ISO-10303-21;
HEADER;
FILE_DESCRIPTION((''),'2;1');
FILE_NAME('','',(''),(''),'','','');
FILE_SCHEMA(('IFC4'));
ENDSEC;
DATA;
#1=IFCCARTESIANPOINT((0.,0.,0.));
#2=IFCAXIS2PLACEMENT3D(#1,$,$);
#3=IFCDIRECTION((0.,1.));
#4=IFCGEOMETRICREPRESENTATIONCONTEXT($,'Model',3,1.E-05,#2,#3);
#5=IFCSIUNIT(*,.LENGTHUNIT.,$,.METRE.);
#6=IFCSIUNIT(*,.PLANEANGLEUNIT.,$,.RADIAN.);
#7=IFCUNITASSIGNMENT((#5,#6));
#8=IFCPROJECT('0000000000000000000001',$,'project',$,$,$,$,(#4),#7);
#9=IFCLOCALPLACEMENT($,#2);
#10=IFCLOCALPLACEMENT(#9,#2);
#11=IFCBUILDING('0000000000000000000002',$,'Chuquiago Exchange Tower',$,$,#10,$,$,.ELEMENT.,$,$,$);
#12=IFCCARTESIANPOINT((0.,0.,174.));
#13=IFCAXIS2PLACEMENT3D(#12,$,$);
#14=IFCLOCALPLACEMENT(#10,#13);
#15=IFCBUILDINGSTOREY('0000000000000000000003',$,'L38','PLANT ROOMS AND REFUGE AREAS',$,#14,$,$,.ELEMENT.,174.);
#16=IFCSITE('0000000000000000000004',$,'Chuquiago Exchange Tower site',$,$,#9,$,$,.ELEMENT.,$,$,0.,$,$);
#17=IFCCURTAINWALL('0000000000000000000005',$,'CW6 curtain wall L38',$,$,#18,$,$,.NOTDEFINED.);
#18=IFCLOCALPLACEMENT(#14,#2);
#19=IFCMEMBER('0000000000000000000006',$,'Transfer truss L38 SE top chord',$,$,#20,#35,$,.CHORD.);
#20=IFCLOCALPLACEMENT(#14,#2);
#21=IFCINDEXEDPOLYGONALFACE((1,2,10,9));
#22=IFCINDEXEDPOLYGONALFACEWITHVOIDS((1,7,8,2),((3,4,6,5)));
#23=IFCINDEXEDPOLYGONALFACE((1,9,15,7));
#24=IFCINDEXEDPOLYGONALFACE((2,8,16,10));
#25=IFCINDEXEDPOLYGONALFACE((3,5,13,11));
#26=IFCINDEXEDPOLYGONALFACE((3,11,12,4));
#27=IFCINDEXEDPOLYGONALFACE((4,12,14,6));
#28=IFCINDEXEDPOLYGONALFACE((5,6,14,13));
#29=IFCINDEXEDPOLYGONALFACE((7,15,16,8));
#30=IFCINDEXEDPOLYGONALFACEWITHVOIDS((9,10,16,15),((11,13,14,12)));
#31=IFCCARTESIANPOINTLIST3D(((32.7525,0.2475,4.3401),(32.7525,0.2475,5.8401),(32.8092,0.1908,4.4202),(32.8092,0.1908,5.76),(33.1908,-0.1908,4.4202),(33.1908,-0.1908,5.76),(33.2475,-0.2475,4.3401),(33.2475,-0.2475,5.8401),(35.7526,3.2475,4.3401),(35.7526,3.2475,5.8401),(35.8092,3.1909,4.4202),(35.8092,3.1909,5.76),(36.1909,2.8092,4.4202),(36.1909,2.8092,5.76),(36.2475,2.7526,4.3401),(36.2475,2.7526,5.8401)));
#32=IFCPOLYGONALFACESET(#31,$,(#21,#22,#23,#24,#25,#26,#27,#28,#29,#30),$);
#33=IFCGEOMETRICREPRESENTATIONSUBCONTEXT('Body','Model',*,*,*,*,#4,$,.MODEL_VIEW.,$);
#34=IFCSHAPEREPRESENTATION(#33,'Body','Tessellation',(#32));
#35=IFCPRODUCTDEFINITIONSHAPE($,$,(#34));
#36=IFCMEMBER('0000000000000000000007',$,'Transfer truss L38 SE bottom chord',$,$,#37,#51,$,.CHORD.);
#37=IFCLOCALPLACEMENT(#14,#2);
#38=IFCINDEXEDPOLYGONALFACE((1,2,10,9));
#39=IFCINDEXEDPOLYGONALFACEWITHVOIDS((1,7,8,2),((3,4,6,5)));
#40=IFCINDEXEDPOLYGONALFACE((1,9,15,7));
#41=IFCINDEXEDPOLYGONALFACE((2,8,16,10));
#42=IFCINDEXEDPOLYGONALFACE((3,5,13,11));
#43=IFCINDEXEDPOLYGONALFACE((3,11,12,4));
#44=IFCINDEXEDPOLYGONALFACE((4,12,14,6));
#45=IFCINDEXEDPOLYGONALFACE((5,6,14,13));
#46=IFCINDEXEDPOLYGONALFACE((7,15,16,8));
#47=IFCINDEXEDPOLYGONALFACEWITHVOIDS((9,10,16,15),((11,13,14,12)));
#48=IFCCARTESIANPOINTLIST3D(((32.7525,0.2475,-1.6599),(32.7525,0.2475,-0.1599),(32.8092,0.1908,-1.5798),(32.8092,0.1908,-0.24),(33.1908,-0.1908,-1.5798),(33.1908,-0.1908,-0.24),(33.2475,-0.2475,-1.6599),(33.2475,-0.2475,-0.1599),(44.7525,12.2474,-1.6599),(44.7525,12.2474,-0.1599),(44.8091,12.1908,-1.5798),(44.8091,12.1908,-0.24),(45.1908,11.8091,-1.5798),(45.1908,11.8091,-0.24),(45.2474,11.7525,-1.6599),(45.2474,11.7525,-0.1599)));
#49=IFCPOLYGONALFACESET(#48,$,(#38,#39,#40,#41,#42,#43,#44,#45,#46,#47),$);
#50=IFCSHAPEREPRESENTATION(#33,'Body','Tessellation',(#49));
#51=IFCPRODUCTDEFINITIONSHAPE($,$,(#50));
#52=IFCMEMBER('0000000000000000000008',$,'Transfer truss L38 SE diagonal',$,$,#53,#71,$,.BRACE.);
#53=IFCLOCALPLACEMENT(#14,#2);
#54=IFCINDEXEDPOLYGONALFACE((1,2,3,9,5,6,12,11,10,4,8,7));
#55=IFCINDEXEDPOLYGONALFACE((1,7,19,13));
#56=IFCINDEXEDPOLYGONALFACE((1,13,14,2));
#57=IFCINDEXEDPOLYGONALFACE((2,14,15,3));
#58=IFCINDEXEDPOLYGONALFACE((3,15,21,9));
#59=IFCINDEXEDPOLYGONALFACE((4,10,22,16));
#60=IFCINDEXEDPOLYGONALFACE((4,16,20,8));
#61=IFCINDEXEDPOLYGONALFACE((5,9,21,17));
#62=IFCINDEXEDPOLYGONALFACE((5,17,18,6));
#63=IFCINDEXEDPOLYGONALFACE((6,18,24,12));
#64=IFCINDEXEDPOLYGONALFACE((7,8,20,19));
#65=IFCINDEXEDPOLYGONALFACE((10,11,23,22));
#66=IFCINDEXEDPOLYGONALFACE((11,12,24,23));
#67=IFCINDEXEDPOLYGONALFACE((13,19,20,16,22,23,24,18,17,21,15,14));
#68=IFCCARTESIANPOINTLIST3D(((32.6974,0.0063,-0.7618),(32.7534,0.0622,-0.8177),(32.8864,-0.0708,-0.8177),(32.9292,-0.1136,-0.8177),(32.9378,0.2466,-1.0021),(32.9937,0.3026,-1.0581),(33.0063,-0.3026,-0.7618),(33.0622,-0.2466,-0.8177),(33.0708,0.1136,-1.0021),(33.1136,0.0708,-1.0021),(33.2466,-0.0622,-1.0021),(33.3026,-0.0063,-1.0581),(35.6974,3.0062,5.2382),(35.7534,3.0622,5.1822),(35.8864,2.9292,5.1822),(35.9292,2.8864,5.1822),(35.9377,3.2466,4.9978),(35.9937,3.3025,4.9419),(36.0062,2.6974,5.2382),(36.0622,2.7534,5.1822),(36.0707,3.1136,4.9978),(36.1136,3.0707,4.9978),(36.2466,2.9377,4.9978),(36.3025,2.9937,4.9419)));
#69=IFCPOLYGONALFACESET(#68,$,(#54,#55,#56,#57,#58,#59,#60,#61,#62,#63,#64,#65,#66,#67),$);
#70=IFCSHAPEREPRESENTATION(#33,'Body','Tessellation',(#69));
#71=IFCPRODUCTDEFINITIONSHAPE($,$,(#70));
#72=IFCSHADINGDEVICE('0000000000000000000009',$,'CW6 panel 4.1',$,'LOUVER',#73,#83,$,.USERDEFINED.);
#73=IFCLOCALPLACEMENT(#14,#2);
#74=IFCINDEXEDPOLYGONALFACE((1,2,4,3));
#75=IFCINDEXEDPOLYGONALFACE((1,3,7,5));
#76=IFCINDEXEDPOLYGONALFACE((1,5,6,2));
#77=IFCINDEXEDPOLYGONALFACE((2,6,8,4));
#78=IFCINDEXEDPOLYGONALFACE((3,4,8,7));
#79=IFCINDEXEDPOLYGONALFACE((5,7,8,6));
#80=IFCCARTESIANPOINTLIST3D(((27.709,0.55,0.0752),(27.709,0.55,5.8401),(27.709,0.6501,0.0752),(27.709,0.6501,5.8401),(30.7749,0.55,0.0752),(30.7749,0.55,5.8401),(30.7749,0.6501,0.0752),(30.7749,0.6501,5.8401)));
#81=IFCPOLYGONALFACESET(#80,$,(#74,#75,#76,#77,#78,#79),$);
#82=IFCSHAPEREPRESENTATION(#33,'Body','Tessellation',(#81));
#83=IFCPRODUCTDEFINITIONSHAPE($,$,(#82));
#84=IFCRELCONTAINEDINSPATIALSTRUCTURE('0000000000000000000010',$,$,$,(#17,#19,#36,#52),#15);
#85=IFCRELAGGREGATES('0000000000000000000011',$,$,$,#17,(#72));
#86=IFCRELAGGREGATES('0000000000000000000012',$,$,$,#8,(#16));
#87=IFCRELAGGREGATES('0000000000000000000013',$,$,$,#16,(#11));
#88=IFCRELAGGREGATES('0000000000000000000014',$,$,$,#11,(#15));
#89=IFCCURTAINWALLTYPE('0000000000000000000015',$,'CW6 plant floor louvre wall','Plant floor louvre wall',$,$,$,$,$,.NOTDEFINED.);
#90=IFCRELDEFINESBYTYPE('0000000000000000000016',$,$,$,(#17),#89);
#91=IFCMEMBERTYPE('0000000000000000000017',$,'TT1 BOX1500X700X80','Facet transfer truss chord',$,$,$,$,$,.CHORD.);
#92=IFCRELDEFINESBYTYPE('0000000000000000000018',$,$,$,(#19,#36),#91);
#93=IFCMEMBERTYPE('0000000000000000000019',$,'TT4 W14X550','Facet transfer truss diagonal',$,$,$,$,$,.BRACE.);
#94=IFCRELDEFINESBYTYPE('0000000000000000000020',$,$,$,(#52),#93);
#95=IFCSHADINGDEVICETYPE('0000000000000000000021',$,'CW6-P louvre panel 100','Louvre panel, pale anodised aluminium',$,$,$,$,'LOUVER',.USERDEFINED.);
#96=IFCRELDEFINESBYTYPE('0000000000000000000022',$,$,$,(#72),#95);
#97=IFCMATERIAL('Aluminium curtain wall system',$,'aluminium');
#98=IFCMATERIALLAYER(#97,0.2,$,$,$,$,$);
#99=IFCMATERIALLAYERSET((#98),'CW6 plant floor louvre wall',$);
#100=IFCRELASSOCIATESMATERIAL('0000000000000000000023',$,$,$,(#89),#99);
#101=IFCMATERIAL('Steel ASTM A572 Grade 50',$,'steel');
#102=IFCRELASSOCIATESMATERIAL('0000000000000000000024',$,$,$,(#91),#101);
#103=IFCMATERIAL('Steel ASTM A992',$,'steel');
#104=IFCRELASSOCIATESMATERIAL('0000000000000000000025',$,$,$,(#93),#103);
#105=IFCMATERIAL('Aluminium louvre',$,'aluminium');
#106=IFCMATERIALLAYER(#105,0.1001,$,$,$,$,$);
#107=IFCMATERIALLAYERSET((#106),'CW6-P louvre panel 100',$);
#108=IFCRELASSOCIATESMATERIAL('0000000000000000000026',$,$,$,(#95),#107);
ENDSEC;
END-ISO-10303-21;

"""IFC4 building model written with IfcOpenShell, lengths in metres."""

from ifc_helpers import new_model, si_unit, direction, frame, origin, origin_2d, place, context, subcontext, project, spatial, rectangle, hollow_rectangle, i_section, extrude, material, layer, layer_set, material_profile, profile_set, type_object, element, aggregate, save


model = new_model("IFC4")

# Units and contexts
model_context = context("Model", 3, precision=1e-05, world=origin(), true_north=direction((0.0, 1.0)))
body_context = subcontext(model_context, "Body", "Model", "MODEL_VIEW")
ifc_project = project(units=[si_unit("LENGTHUNIT", "METRE"), si_unit("PLANEANGLEUNIT", "RADIAN")], contexts=[model_context])

# Site, building, storey
site_placement = place(None, origin())
site = spatial("IfcSite", under=ifc_project, at=site_placement, Name="Chuquiago Exchange Tower site", CompositionType="ELEMENT", RefElevation=0.0)
building_placement = place(site_placement, origin())
building = spatial("IfcBuilding", under=site, at=building_placement, Name="Chuquiago Exchange Tower", CompositionType="ELEMENT")
storey_placement = place(building_placement, frame((0.0, 0.0, 174.0)))
storey = spatial("IfcBuildingStorey", under=building, at=storey_placement, Name="L38", Description="PLANT ROOMS AND REFUGE AREAS", CompositionType="ELEMENT", Elevation=174.0)

# Curtain wall
ifc_material_1 = material(Name="Aluminium curtain wall system", Category="aluminium")
ifc_layer_1 = layer(ifc_material_1, 0.2)
ifc_layer_set_1 = layer_set([ifc_layer_1], Name="CW6 plant floor louvre wall")
curtain_wall_type = type_object("IfcCurtainWallType", Name="CW6 plant floor louvre wall", Description="Plant floor louvre wall", PredefinedType="NOTDEFINED", material=ifc_layer_set_1)
curtain_wall_placement = place(storey_placement, origin())
curtain_wall = element("IfcCurtainWall", 1, at=curtain_wall_placement, inside=storey, type_object=curtain_wall_type, Name="CW6 curtain wall L38", PredefinedType="NOTDEFINED")

# Members
ifc_material_2 = material(Name="Steel ASTM A572 Grade 50", Category="steel")
ifc_material_profile_1 = material_profile(ifc_material_2, hollow_rectangle(XDim=0.7, YDim=1.5, WallThickness=0.0801, at=origin_2d()), Name="BOX1500X700X80")
ifc_profile_set_1 = profile_set([ifc_material_profile_1], Name="Steel ASTM A572 Grade 50")
member_type_1 = type_object("IfcMemberType", Name="TT1 BOX1500X700X80", Description="Facet transfer truss chord", PredefinedType="CHORD", material=ifc_profile_set_1)
member_1_placement = place(storey_placement, frame((33.0, 0.0, 5.0901), z_axis=(0.707107, 0.707107, 0.0), x_axis=(-0.707107, 0.707107, 0.0)))
element("IfcMember", 2, at=member_1_placement, inside=storey, type_object=member_type_1, Name="Transfer truss L38 SE top chord", PredefinedType="CHORD", context=body_context, shape_type="SweptSolid", body=[
    extrude(hollow_rectangle(XDim=0.7, YDim=1.5, WallThickness=0.0801, at=origin_2d()), origin(), (0.0, 0.0, 1.0), 4.2427),
])
member_2_placement = place(storey_placement, frame((33.0, 0.0, -0.9099), z_axis=(0.707107, 0.707107, 0.0), x_axis=(-0.707107, 0.707107, 0.0)))
element("IfcMember", 3, at=member_2_placement, inside=storey, type_object=member_type_1, Name="Transfer truss L38 SE bottom chord", PredefinedType="CHORD", context=body_context, shape_type="SweptSolid", body=[
    extrude(hollow_rectangle(XDim=0.7, YDim=1.5, WallThickness=0.0801, at=origin_2d()), origin(), (0.0, 0.0, 1.0), 16.9705),
])
ifc_material_3 = material(Name="Steel ASTM A992", Category="steel")
ifc_material_profile_2 = material_profile(ifc_material_3, i_section(OverallWidth=0.4368, OverallDepth=0.5132, WebThickness=0.0605, FlangeThickness=0.0969, at=origin_2d()), Name="W14X550")
ifc_profile_set_2 = profile_set([ifc_material_profile_2], Name="Steel ASTM A992")
member_type_2 = type_object("IfcMemberType", Name="TT4 W14X550", Description="Facet transfer truss diagonal", PredefinedType="BRACE", material=ifc_profile_set_2)
member_3_placement = place(storey_placement, frame((33.0, 0.0, -0.9099), z_axis=(0.408248, 0.408248, 0.816497), x_axis=(-0.707107, 0.707107, 0.0)))
element("IfcMember", 4, at=member_3_placement, inside=storey, type_object=member_type_2, Name="Transfer truss L38 SE diagonal", PredefinedType="BRACE", context=body_context, shape_type="SweptSolid", body=[
    extrude(i_section(OverallWidth=0.4368, OverallDepth=0.5132, WebThickness=0.0605, FlangeThickness=0.0969, at=origin_2d()), origin(), (0.0, 0.0, 1.0), 7.3484),
])

# Shading device
ifc_material_4 = material(Name="Aluminium louvre", Category="aluminium")
ifc_layer_2 = layer(ifc_material_4, 0.1001)
ifc_layer_set_2 = layer_set([ifc_layer_2], Name="CW6-P louvre panel 100")
shading_device_type = type_object("IfcShadingDeviceType", Name="CW6-P louvre panel 100", Description="Louvre panel, pale anodised aluminium", ElementType="LOUVER", PredefinedType="USERDEFINED", material=ifc_layer_set_2)
shading_device_placement = place(storey_placement, frame((29.2419, 0.6001, 0.0752), z_axis=(0.0, 0.0, 1.0), x_axis=(1.0, 0.0, 0.0)))
shading_device = element("IfcShadingDevice", 5, at=shading_device_placement, type_object=shading_device_type, Name="CW6 panel 4.1", ObjectType="LOUVER", PredefinedType="USERDEFINED", context=body_context, shape_type="SweptSolid", body=[
    extrude(rectangle(XDim=3.0659, YDim=0.1001, at=origin_2d()), origin(), (0.0, 0.0, 1.0), 5.7649),
])
aggregate(curtain_wall, [shading_device])

save(model, "model.ifc")
